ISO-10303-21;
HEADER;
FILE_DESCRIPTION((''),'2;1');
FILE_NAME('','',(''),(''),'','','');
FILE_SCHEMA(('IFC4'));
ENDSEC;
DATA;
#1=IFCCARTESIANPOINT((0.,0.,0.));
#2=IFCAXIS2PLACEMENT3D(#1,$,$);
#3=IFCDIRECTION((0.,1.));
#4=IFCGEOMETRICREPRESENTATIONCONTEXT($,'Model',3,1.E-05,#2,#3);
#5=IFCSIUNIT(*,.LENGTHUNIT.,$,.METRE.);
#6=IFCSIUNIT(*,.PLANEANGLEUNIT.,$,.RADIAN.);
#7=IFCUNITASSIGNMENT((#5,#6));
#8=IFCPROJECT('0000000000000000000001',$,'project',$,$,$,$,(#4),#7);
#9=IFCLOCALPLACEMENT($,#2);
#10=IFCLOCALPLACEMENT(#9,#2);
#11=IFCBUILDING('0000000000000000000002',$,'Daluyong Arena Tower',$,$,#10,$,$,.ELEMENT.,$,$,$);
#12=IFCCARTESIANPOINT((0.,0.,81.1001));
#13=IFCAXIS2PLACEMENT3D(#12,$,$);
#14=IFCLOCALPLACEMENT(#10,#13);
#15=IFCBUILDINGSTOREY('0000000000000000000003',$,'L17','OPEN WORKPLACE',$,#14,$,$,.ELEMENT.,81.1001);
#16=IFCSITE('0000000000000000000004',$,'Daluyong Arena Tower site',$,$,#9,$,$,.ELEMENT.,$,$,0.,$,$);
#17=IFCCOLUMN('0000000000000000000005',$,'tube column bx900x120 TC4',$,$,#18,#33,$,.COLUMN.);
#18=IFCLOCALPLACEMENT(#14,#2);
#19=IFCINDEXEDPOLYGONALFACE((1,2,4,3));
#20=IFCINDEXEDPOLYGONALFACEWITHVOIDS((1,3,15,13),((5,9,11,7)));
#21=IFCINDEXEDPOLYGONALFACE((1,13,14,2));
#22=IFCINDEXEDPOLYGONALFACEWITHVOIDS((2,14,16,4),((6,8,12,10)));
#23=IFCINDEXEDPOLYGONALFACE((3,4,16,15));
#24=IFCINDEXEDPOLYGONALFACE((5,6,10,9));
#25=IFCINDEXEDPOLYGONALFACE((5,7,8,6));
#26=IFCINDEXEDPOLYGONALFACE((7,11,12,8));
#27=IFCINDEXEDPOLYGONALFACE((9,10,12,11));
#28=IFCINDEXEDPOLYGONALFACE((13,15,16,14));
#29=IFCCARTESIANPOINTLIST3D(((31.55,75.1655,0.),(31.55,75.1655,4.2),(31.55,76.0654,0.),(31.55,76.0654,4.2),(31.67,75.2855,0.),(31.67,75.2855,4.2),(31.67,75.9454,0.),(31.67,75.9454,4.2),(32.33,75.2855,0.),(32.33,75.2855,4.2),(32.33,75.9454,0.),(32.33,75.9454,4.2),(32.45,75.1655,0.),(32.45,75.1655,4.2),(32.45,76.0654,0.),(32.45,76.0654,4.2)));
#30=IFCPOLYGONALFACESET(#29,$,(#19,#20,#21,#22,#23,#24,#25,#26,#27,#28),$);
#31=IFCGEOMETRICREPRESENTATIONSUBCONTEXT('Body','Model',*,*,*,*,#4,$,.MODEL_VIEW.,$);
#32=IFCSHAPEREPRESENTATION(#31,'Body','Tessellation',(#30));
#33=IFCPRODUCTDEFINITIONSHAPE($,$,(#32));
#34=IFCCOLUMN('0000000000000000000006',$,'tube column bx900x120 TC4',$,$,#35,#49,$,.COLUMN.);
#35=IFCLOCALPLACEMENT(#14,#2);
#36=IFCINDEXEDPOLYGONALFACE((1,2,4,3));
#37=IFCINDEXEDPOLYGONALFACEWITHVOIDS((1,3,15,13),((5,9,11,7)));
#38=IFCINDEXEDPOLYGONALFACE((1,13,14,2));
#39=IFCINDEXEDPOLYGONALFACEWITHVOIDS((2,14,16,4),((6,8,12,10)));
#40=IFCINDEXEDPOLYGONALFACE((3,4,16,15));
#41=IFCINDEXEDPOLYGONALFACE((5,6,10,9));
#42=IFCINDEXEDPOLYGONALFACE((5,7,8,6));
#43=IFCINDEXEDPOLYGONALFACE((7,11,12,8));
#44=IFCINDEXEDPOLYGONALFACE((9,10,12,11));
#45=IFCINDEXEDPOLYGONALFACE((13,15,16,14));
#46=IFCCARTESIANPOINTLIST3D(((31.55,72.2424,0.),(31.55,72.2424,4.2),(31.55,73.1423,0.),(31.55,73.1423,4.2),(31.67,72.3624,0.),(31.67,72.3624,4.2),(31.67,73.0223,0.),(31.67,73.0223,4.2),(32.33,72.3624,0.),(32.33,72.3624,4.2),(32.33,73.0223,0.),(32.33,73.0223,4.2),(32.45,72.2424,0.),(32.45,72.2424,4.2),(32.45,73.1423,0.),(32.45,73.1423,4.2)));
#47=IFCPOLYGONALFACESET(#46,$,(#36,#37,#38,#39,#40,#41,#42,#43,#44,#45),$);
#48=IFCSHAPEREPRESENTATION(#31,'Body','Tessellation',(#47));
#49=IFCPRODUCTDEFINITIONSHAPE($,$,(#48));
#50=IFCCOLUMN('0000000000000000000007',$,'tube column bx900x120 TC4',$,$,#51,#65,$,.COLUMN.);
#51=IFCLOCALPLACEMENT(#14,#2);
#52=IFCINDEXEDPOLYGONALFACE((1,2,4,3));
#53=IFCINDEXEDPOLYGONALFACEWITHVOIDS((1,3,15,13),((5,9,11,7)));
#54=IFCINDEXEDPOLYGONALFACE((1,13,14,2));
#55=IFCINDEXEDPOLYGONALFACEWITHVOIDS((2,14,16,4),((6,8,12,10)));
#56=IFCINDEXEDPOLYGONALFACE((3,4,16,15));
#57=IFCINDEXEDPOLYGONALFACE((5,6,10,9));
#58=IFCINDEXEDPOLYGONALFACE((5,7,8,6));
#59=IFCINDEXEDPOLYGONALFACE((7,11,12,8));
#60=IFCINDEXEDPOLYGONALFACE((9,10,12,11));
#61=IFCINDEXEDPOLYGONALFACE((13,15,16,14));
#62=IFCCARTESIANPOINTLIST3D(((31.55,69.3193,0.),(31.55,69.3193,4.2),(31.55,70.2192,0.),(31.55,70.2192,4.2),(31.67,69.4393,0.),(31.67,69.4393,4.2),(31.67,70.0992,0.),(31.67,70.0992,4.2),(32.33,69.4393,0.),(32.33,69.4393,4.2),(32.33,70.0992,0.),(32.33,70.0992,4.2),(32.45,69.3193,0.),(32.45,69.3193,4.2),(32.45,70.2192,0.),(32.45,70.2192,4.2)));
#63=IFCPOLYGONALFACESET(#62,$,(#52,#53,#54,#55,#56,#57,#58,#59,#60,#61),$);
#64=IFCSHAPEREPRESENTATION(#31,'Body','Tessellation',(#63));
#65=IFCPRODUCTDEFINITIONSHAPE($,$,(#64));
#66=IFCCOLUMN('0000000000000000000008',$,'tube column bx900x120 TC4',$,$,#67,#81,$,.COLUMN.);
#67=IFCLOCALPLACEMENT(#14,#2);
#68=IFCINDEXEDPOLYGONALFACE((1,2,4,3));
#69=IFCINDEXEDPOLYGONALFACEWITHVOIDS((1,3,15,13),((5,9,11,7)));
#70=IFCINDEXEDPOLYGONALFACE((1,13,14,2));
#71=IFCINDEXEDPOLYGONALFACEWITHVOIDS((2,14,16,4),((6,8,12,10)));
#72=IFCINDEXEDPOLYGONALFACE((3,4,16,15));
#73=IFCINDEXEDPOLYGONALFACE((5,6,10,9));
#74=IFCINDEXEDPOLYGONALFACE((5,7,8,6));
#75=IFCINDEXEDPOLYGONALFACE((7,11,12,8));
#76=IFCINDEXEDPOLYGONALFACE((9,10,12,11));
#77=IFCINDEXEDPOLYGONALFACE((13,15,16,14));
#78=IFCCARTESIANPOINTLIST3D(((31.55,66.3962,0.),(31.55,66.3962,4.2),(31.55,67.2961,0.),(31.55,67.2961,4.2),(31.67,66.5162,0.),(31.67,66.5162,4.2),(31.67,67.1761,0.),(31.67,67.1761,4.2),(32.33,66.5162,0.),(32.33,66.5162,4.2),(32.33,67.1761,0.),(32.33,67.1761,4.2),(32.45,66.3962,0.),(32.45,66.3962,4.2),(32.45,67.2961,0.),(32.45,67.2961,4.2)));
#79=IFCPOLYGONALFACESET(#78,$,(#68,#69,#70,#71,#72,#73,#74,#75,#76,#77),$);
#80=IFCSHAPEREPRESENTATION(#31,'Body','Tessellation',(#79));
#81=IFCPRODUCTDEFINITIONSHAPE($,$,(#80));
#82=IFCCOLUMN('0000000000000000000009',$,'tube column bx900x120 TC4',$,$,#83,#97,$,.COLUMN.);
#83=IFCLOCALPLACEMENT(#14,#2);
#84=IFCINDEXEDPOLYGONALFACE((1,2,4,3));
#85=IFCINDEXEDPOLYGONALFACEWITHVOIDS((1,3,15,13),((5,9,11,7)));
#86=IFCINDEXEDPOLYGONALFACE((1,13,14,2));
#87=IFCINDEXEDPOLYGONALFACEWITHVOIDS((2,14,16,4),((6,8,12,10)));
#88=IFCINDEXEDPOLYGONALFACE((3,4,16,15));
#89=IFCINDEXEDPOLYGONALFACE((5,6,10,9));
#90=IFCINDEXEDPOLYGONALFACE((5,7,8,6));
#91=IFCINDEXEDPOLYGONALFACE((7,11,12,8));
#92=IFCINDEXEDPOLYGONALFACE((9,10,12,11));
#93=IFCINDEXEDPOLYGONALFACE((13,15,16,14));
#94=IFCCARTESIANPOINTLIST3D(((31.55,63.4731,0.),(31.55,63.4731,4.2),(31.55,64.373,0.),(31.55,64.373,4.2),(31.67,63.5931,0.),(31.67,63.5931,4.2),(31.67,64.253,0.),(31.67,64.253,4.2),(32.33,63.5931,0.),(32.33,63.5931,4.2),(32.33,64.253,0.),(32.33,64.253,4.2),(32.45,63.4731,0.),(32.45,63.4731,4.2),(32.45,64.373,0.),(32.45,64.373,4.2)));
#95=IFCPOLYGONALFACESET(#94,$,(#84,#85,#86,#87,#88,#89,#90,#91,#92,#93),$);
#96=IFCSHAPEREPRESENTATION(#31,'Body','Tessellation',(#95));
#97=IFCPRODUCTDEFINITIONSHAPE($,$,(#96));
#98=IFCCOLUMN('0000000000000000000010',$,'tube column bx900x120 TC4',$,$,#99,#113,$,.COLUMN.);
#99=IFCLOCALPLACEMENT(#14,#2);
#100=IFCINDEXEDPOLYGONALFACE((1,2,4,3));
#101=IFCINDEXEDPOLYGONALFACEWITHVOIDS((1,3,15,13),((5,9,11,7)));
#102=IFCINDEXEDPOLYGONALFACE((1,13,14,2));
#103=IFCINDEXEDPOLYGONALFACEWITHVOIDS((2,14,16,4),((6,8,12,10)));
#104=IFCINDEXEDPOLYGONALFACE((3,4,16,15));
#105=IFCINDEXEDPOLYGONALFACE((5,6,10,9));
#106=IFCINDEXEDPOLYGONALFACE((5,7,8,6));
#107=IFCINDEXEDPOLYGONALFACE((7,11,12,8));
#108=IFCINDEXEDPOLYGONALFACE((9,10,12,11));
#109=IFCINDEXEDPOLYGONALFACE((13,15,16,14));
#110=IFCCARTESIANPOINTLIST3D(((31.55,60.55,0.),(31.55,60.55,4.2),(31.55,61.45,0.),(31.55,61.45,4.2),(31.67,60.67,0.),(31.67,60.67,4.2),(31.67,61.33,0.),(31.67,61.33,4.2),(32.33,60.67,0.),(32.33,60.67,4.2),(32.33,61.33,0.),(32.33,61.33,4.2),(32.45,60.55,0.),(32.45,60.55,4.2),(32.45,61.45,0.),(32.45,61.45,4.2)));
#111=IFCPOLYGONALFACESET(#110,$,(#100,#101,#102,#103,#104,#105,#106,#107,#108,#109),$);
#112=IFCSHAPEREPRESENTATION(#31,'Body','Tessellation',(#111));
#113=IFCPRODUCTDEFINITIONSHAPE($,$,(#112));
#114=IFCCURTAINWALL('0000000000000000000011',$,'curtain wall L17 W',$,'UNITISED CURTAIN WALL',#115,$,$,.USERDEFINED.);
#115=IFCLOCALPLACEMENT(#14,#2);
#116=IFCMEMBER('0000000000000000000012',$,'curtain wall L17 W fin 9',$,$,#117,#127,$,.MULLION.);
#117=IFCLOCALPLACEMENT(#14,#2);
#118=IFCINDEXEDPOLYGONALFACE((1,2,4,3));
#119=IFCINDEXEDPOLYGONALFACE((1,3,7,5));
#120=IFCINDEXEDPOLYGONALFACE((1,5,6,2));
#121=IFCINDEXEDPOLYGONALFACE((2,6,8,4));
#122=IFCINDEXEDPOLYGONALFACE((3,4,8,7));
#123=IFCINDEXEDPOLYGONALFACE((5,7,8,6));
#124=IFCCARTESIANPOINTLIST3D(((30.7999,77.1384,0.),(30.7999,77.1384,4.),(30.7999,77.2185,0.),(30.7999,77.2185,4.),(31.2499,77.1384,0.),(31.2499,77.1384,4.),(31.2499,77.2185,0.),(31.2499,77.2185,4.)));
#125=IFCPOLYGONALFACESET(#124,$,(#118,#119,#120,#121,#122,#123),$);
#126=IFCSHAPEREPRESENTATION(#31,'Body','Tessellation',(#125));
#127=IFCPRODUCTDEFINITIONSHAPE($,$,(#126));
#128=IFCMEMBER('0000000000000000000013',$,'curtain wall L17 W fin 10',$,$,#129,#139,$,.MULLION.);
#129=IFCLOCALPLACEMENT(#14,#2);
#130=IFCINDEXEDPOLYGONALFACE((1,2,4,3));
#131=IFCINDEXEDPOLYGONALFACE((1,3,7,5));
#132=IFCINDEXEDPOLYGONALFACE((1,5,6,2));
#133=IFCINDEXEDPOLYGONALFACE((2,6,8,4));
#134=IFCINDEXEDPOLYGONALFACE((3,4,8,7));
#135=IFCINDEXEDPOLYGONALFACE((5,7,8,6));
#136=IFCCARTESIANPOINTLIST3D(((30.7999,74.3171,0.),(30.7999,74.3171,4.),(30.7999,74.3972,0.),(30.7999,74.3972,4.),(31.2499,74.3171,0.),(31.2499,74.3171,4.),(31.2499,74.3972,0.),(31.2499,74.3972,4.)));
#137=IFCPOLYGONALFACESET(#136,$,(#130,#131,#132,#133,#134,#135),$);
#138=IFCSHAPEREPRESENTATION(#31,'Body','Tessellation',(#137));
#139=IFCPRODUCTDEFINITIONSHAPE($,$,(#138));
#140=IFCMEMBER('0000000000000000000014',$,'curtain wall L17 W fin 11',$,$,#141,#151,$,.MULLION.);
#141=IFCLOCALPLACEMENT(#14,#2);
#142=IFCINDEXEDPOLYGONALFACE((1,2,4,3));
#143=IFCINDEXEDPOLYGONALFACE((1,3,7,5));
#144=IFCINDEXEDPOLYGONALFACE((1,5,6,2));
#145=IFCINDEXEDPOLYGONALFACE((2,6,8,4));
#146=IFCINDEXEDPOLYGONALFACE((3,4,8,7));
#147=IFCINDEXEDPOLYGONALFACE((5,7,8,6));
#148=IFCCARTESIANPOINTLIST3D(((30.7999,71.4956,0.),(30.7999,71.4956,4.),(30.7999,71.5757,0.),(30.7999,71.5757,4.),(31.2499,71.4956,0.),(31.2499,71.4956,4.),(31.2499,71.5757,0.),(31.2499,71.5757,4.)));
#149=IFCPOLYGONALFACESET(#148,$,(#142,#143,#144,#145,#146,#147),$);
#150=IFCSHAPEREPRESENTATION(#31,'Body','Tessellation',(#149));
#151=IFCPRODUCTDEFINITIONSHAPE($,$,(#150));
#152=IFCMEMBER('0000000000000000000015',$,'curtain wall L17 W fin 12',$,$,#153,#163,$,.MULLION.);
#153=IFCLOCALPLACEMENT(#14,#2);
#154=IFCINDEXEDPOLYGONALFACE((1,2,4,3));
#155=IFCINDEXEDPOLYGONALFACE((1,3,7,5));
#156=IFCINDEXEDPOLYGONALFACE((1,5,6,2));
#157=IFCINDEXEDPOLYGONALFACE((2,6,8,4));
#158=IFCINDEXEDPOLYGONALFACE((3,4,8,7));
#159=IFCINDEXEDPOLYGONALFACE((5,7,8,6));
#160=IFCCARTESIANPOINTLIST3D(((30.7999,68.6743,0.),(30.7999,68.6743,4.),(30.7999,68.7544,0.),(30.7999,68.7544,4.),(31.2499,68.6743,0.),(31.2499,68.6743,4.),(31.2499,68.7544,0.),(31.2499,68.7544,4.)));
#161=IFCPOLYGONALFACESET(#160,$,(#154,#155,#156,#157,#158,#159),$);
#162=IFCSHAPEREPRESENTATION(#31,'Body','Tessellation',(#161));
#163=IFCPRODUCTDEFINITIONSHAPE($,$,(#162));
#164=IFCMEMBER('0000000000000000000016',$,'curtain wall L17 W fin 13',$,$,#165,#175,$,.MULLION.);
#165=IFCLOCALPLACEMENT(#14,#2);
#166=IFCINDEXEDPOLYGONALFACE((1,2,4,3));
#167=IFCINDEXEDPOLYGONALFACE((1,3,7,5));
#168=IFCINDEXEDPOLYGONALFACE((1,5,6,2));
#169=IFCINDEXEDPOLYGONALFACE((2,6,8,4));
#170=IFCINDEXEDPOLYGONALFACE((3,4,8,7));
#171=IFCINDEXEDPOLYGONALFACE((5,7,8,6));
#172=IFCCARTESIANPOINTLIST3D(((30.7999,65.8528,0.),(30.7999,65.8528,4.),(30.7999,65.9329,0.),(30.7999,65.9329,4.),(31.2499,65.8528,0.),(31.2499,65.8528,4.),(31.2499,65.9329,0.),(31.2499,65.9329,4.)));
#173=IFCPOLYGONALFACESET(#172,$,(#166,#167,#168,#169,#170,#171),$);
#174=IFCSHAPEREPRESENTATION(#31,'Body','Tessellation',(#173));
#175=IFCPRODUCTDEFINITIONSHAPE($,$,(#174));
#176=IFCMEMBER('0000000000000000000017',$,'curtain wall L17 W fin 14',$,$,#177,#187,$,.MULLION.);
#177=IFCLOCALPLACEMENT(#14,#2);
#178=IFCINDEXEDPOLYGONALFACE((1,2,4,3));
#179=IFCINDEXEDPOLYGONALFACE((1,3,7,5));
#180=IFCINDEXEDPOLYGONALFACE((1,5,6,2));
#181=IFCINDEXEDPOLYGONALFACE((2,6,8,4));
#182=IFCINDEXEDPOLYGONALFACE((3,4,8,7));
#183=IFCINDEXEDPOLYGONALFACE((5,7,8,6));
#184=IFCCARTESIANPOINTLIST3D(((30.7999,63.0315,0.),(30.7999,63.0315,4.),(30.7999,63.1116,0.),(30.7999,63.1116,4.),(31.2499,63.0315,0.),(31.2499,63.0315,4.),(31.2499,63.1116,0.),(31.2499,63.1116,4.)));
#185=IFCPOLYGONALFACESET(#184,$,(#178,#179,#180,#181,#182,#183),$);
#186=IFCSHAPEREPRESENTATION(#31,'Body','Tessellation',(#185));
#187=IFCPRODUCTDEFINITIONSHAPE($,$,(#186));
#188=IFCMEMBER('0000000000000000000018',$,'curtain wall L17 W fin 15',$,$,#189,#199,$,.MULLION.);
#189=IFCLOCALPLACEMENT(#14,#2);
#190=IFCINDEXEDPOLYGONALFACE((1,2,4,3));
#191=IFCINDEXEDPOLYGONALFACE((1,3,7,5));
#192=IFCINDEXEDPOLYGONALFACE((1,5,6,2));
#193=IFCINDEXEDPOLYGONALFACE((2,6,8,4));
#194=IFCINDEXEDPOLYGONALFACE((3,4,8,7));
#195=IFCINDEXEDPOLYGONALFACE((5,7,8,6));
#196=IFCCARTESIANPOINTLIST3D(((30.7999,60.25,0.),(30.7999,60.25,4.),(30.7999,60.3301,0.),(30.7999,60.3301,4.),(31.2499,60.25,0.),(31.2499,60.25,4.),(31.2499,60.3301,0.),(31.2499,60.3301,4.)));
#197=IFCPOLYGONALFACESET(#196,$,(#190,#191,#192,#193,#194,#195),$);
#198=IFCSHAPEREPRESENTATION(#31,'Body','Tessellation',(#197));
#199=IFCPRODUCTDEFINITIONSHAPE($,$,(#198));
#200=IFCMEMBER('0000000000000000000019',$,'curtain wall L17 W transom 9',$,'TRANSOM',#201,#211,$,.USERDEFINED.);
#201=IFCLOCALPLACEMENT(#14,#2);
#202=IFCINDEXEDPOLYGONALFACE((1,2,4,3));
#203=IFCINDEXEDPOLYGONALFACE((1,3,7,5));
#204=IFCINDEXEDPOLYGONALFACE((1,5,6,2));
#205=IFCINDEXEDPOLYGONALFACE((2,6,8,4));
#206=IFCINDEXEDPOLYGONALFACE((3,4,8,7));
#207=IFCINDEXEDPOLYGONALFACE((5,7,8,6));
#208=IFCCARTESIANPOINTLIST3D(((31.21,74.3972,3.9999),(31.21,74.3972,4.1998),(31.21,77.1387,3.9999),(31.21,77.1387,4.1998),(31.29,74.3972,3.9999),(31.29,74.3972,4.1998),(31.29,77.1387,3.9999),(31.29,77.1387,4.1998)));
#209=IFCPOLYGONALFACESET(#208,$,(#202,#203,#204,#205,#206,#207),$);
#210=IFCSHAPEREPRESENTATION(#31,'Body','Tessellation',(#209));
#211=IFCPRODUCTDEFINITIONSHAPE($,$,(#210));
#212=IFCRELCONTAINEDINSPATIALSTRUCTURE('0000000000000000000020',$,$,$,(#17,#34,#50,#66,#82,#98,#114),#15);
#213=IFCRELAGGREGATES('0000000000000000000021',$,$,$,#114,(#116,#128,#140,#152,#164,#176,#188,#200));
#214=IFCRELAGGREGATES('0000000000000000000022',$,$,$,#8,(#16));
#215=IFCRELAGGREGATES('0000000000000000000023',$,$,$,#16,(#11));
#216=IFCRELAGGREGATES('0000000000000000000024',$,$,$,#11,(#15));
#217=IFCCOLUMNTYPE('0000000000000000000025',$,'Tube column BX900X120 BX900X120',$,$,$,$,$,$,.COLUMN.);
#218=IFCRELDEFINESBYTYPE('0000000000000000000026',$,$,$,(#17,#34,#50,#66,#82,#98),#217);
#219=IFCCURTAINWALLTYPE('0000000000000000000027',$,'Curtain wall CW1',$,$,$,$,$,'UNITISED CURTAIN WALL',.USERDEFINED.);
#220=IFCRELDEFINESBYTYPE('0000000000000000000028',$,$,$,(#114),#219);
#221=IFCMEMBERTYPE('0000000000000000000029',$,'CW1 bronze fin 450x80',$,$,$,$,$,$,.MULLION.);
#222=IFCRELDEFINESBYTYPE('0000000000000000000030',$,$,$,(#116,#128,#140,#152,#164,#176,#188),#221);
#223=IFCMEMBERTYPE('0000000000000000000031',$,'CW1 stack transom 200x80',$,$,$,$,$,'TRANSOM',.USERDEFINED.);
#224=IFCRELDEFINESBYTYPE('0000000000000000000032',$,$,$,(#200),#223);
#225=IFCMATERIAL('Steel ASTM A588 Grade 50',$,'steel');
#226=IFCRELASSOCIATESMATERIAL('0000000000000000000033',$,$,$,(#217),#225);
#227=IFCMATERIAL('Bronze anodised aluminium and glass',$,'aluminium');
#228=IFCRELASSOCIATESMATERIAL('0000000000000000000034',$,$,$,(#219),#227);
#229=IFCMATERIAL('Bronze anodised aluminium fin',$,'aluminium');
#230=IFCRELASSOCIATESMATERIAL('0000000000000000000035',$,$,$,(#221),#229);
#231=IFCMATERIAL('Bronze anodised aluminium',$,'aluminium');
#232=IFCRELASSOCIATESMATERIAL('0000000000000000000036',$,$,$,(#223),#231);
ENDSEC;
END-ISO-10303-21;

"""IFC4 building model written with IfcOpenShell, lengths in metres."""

from ifc_helpers import new_model, si_unit, direction, frame, origin, origin_2d, place, context, subcontext, project, spatial, rectangle, hollow_rectangle, extrude, material, material_profile, profile_set, type_object, element, aggregate, save


model = new_model("IFC4")

# Units and contexts
model_context = context("Model", 3, precision=1e-05, world=origin(), true_north=direction((0.0, 1.0)))
body_context = subcontext(model_context, "Body", "Model", "MODEL_VIEW")
ifc_project = project(units=[si_unit("LENGTHUNIT", "METRE"), si_unit("PLANEANGLEUNIT", "RADIAN")], contexts=[model_context])

# Site, building, storey
site_placement = place(None, origin())
site = spatial("IfcSite", under=ifc_project, at=site_placement, Name="Daluyong Arena Tower site", CompositionType="ELEMENT", RefElevation=0.0)
building_placement = place(site_placement, origin())
building = spatial("IfcBuilding", under=site, at=building_placement, Name="Daluyong Arena Tower", CompositionType="ELEMENT")
storey_placement = place(building_placement, frame((0.0, 0.0, 81.1001)))
storey = spatial("IfcBuildingStorey", under=building, at=storey_placement, Name="L17", Description="OPEN WORKPLACE", CompositionType="ELEMENT", Elevation=81.1001)

# Columns
ifc_material_1 = material(Name="Steel ASTM A588 Grade 50", Category="steel")
ifc_material_profile_1 = material_profile(ifc_material_1, hollow_rectangle(XDim=0.8999, YDim=0.8999, WallThickness=0.12, at=origin_2d()))
ifc_profile_set_1 = profile_set([ifc_material_profile_1], Name="Steel ASTM A588 Grade 50")
column_type = type_object("IfcColumnType", Name="Tube column BX900X120 BX900X120", PredefinedType="COLUMN", material=ifc_profile_set_1)
for number, where, z_axis, x_axis, name in (
    (1, (32.0, 75.6155, 0.0), (0.0, 0.0, 1.0), (0.0, 1.0, 0.0), "tube column bx900x120 TC4"),
    (2, (32.0, 72.6924, 0.0), (0.0, 0.0, 1.0), (0.0, 1.0, 0.0), "tube column bx900x120 TC4"),
    (3, (32.0, 69.7693, 0.0), (0.0, 0.0, 1.0), (0.0, 1.0, 0.0), "tube column bx900x120 TC4"),
    (4, (32.0, 66.8462, 0.0), (0.0, 0.0, 1.0), (0.0, 1.0, 0.0), "tube column bx900x120 TC4"),
    (5, (32.0, 63.9231, 0.0), (0.0, 0.0, 1.0), (0.0, 1.0, 0.0), "tube column bx900x120 TC4"),
    (6, (32.0, 61.0, 0.0), (0.0, 0.0, 1.0), (1.0, 0.0, 0.0), "tube column bx900x120 TC4"),
):
    element("IfcColumn", number, at=place(storey_placement, frame(where, z_axis=z_axis, x_axis=x_axis)), inside=storey, type_object=column_type, Name=name, PredefinedType="COLUMN", context=body_context, shape_type="SweptSolid", body=[
        extrude(hollow_rectangle(XDim=0.8999, YDim=0.8999, WallThickness=0.12, at=origin_2d()), origin(), (0.0, 0.0, 1.0), 4.2),
    ])

# Curtain wall, members
ifc_material_2 = material(Name="Bronze anodised aluminium and glass", Category="aluminium")
curtain_wall_type_1 = type_object("IfcCurtainWallType", Name="Curtain wall CW1", ElementType="UNITISED CURTAIN WALL", PredefinedType="USERDEFINED", material=ifc_material_2)
curtain_wall_1_placement = place(storey_placement, origin())
curtain_wall_1 = element("IfcCurtainWall", 7, at=curtain_wall_1_placement, inside=storey, type_object=curtain_wall_type_1, Name="curtain wall L17 W", ObjectType="UNITISED CURTAIN WALL", PredefinedType="USERDEFINED")
ifc_material_3 = material(Name="Bronze anodised aluminium fin", Category="aluminium")
ifc_material_profile_2 = material_profile(ifc_material_3, rectangle(XDim=0.45, YDim=0.0801, at=origin_2d()))
ifc_profile_set_2 = profile_set([ifc_material_profile_2], Name="Bronze anodised aluminium fin")
member_type_1 = type_object("IfcMemberType", Name="CW1 bronze fin 450x80", PredefinedType="MULLION", material=ifc_profile_set_2)
member_1_placement = place(storey_placement, frame((31.0249, 77.1785, 0.0), z_axis=(0.0, 0.0, 1.0), x_axis=(1.0, 0.0, 0.0)))
member_1 = element("IfcMember", 8, at=member_1_placement, type_object=member_type_1, Name="curtain wall L17 W fin 9", PredefinedType="MULLION", context=body_context, shape_type="SweptSolid", body=[
    extrude(rectangle(XDim=0.45, YDim=0.0801, at=origin_2d()), origin(), (0.0, 0.0, 1.0), 4.0),
])
member_2_placement = place(storey_placement, frame((31.0249, 74.3572, 0.0), z_axis=(0.0, 0.0, 1.0), x_axis=(1.0, 0.0, 0.0)))
member_2 = element("IfcMember", 9, at=member_2_placement, type_object=member_type_1, Name="curtain wall L17 W fin 10", PredefinedType="MULLION", context=body_context, shape_type="SweptSolid", body=[
    extrude(rectangle(XDim=0.45, YDim=0.0801, at=origin_2d()), origin(), (0.0, 0.0, 1.0), 4.0),
])
member_3_placement = place(storey_placement, frame((31.0249, 71.5356, 0.0), z_axis=(0.0, 0.0, 1.0), x_axis=(1.0, 0.0, 0.0)))
member_3 = element("IfcMember", 10, at=member_3_placement, type_object=member_type_1, Name="curtain wall L17 W fin 11", PredefinedType="MULLION", context=body_context, shape_type="SweptSolid", body=[
    extrude(rectangle(XDim=0.45, YDim=0.0801, at=origin_2d()), origin(), (0.0, 0.0, 1.0), 4.0),
])
member_4_placement = place(storey_placement, frame((31.0249, 68.7144, 0.0), z_axis=(0.0, 0.0, 1.0), x_axis=(1.0, 0.0, 0.0)))
member_4 = element("IfcMember", 11, at=member_4_placement, type_object=member_type_1, Name="curtain wall L17 W fin 12", PredefinedType="MULLION", context=body_context, shape_type="SweptSolid", body=[
    extrude(rectangle(XDim=0.45, YDim=0.0801, at=origin_2d()), origin(), (0.0, 0.0, 1.0), 4.0),
])
member_5_placement = place(storey_placement, frame((31.0249, 65.8928, 0.0), z_axis=(0.0, 0.0, 1.0), x_axis=(1.0, 0.0, 0.0)))
member_5 = element("IfcMember", 12, at=member_5_placement, type_object=member_type_1, Name="curtain wall L17 W fin 13", PredefinedType="MULLION", context=body_context, shape_type="SweptSolid", body=[
    extrude(rectangle(XDim=0.45, YDim=0.0801, at=origin_2d()), origin(), (0.0, 0.0, 1.0), 4.0),
])
member_6_placement = place(storey_placement, frame((31.0249, 63.0715, 0.0), z_axis=(0.0, 0.0, 1.0), x_axis=(1.0, 0.0, 0.0)))
member_6 = element("IfcMember", 13, at=member_6_placement, type_object=member_type_1, Name="curtain wall L17 W fin 14", PredefinedType="MULLION", context=body_context, shape_type="SweptSolid", body=[
    extrude(rectangle(XDim=0.45, YDim=0.0801, at=origin_2d()), origin(), (0.0, 0.0, 1.0), 4.0),
])
member_7_placement = place(storey_placement, frame((31.0249, 60.29, 0.0), z_axis=(0.0, 0.0, 1.0), x_axis=(1.0, 0.0, 0.0)))
member_7 = element("IfcMember", 14, at=member_7_placement, type_object=member_type_1, Name="curtain wall L17 W fin 15", PredefinedType="MULLION", context=body_context, shape_type="SweptSolid", body=[
    extrude(rectangle(XDim=0.45, YDim=0.0801, at=origin_2d()), origin(), (0.0, 0.0, 1.0), 4.0),
])
ifc_material_4 = material(Name="Bronze anodised aluminium", Category="aluminium")
ifc_material_profile_3 = material_profile(ifc_material_4, rectangle(XDim=0.0801, YDim=0.2, at=origin_2d()))
ifc_profile_set_3 = profile_set([ifc_material_profile_3], Name="Bronze anodised aluminium")
member_type_2 = type_object("IfcMemberType", Name="CW1 stack transom 200x80", ElementType="TRANSOM", PredefinedType="USERDEFINED", material=ifc_profile_set_3)
member_8_placement = place(storey_placement, frame((31.25, 77.1387, 4.0999), z_axis=(0.0, -1.0, 0.0), x_axis=(1.0, 0.0, 0.0)))
member_8 = element("IfcMember", 15, at=member_8_placement, type_object=member_type_2, Name="curtain wall L17 W transom 9", ObjectType="TRANSOM", PredefinedType="USERDEFINED", context=body_context, shape_type="SweptSolid", body=[
    extrude(rectangle(XDim=0.0801, YDim=0.2, at=origin_2d()), origin(), (0.0, 0.0, 1.0), 2.7415),
])

aggregate(curtain_wall_1, [member_1, member_2, member_3, member_4, member_5, member_6, member_7, member_8])

save(model, "model.ifc")
